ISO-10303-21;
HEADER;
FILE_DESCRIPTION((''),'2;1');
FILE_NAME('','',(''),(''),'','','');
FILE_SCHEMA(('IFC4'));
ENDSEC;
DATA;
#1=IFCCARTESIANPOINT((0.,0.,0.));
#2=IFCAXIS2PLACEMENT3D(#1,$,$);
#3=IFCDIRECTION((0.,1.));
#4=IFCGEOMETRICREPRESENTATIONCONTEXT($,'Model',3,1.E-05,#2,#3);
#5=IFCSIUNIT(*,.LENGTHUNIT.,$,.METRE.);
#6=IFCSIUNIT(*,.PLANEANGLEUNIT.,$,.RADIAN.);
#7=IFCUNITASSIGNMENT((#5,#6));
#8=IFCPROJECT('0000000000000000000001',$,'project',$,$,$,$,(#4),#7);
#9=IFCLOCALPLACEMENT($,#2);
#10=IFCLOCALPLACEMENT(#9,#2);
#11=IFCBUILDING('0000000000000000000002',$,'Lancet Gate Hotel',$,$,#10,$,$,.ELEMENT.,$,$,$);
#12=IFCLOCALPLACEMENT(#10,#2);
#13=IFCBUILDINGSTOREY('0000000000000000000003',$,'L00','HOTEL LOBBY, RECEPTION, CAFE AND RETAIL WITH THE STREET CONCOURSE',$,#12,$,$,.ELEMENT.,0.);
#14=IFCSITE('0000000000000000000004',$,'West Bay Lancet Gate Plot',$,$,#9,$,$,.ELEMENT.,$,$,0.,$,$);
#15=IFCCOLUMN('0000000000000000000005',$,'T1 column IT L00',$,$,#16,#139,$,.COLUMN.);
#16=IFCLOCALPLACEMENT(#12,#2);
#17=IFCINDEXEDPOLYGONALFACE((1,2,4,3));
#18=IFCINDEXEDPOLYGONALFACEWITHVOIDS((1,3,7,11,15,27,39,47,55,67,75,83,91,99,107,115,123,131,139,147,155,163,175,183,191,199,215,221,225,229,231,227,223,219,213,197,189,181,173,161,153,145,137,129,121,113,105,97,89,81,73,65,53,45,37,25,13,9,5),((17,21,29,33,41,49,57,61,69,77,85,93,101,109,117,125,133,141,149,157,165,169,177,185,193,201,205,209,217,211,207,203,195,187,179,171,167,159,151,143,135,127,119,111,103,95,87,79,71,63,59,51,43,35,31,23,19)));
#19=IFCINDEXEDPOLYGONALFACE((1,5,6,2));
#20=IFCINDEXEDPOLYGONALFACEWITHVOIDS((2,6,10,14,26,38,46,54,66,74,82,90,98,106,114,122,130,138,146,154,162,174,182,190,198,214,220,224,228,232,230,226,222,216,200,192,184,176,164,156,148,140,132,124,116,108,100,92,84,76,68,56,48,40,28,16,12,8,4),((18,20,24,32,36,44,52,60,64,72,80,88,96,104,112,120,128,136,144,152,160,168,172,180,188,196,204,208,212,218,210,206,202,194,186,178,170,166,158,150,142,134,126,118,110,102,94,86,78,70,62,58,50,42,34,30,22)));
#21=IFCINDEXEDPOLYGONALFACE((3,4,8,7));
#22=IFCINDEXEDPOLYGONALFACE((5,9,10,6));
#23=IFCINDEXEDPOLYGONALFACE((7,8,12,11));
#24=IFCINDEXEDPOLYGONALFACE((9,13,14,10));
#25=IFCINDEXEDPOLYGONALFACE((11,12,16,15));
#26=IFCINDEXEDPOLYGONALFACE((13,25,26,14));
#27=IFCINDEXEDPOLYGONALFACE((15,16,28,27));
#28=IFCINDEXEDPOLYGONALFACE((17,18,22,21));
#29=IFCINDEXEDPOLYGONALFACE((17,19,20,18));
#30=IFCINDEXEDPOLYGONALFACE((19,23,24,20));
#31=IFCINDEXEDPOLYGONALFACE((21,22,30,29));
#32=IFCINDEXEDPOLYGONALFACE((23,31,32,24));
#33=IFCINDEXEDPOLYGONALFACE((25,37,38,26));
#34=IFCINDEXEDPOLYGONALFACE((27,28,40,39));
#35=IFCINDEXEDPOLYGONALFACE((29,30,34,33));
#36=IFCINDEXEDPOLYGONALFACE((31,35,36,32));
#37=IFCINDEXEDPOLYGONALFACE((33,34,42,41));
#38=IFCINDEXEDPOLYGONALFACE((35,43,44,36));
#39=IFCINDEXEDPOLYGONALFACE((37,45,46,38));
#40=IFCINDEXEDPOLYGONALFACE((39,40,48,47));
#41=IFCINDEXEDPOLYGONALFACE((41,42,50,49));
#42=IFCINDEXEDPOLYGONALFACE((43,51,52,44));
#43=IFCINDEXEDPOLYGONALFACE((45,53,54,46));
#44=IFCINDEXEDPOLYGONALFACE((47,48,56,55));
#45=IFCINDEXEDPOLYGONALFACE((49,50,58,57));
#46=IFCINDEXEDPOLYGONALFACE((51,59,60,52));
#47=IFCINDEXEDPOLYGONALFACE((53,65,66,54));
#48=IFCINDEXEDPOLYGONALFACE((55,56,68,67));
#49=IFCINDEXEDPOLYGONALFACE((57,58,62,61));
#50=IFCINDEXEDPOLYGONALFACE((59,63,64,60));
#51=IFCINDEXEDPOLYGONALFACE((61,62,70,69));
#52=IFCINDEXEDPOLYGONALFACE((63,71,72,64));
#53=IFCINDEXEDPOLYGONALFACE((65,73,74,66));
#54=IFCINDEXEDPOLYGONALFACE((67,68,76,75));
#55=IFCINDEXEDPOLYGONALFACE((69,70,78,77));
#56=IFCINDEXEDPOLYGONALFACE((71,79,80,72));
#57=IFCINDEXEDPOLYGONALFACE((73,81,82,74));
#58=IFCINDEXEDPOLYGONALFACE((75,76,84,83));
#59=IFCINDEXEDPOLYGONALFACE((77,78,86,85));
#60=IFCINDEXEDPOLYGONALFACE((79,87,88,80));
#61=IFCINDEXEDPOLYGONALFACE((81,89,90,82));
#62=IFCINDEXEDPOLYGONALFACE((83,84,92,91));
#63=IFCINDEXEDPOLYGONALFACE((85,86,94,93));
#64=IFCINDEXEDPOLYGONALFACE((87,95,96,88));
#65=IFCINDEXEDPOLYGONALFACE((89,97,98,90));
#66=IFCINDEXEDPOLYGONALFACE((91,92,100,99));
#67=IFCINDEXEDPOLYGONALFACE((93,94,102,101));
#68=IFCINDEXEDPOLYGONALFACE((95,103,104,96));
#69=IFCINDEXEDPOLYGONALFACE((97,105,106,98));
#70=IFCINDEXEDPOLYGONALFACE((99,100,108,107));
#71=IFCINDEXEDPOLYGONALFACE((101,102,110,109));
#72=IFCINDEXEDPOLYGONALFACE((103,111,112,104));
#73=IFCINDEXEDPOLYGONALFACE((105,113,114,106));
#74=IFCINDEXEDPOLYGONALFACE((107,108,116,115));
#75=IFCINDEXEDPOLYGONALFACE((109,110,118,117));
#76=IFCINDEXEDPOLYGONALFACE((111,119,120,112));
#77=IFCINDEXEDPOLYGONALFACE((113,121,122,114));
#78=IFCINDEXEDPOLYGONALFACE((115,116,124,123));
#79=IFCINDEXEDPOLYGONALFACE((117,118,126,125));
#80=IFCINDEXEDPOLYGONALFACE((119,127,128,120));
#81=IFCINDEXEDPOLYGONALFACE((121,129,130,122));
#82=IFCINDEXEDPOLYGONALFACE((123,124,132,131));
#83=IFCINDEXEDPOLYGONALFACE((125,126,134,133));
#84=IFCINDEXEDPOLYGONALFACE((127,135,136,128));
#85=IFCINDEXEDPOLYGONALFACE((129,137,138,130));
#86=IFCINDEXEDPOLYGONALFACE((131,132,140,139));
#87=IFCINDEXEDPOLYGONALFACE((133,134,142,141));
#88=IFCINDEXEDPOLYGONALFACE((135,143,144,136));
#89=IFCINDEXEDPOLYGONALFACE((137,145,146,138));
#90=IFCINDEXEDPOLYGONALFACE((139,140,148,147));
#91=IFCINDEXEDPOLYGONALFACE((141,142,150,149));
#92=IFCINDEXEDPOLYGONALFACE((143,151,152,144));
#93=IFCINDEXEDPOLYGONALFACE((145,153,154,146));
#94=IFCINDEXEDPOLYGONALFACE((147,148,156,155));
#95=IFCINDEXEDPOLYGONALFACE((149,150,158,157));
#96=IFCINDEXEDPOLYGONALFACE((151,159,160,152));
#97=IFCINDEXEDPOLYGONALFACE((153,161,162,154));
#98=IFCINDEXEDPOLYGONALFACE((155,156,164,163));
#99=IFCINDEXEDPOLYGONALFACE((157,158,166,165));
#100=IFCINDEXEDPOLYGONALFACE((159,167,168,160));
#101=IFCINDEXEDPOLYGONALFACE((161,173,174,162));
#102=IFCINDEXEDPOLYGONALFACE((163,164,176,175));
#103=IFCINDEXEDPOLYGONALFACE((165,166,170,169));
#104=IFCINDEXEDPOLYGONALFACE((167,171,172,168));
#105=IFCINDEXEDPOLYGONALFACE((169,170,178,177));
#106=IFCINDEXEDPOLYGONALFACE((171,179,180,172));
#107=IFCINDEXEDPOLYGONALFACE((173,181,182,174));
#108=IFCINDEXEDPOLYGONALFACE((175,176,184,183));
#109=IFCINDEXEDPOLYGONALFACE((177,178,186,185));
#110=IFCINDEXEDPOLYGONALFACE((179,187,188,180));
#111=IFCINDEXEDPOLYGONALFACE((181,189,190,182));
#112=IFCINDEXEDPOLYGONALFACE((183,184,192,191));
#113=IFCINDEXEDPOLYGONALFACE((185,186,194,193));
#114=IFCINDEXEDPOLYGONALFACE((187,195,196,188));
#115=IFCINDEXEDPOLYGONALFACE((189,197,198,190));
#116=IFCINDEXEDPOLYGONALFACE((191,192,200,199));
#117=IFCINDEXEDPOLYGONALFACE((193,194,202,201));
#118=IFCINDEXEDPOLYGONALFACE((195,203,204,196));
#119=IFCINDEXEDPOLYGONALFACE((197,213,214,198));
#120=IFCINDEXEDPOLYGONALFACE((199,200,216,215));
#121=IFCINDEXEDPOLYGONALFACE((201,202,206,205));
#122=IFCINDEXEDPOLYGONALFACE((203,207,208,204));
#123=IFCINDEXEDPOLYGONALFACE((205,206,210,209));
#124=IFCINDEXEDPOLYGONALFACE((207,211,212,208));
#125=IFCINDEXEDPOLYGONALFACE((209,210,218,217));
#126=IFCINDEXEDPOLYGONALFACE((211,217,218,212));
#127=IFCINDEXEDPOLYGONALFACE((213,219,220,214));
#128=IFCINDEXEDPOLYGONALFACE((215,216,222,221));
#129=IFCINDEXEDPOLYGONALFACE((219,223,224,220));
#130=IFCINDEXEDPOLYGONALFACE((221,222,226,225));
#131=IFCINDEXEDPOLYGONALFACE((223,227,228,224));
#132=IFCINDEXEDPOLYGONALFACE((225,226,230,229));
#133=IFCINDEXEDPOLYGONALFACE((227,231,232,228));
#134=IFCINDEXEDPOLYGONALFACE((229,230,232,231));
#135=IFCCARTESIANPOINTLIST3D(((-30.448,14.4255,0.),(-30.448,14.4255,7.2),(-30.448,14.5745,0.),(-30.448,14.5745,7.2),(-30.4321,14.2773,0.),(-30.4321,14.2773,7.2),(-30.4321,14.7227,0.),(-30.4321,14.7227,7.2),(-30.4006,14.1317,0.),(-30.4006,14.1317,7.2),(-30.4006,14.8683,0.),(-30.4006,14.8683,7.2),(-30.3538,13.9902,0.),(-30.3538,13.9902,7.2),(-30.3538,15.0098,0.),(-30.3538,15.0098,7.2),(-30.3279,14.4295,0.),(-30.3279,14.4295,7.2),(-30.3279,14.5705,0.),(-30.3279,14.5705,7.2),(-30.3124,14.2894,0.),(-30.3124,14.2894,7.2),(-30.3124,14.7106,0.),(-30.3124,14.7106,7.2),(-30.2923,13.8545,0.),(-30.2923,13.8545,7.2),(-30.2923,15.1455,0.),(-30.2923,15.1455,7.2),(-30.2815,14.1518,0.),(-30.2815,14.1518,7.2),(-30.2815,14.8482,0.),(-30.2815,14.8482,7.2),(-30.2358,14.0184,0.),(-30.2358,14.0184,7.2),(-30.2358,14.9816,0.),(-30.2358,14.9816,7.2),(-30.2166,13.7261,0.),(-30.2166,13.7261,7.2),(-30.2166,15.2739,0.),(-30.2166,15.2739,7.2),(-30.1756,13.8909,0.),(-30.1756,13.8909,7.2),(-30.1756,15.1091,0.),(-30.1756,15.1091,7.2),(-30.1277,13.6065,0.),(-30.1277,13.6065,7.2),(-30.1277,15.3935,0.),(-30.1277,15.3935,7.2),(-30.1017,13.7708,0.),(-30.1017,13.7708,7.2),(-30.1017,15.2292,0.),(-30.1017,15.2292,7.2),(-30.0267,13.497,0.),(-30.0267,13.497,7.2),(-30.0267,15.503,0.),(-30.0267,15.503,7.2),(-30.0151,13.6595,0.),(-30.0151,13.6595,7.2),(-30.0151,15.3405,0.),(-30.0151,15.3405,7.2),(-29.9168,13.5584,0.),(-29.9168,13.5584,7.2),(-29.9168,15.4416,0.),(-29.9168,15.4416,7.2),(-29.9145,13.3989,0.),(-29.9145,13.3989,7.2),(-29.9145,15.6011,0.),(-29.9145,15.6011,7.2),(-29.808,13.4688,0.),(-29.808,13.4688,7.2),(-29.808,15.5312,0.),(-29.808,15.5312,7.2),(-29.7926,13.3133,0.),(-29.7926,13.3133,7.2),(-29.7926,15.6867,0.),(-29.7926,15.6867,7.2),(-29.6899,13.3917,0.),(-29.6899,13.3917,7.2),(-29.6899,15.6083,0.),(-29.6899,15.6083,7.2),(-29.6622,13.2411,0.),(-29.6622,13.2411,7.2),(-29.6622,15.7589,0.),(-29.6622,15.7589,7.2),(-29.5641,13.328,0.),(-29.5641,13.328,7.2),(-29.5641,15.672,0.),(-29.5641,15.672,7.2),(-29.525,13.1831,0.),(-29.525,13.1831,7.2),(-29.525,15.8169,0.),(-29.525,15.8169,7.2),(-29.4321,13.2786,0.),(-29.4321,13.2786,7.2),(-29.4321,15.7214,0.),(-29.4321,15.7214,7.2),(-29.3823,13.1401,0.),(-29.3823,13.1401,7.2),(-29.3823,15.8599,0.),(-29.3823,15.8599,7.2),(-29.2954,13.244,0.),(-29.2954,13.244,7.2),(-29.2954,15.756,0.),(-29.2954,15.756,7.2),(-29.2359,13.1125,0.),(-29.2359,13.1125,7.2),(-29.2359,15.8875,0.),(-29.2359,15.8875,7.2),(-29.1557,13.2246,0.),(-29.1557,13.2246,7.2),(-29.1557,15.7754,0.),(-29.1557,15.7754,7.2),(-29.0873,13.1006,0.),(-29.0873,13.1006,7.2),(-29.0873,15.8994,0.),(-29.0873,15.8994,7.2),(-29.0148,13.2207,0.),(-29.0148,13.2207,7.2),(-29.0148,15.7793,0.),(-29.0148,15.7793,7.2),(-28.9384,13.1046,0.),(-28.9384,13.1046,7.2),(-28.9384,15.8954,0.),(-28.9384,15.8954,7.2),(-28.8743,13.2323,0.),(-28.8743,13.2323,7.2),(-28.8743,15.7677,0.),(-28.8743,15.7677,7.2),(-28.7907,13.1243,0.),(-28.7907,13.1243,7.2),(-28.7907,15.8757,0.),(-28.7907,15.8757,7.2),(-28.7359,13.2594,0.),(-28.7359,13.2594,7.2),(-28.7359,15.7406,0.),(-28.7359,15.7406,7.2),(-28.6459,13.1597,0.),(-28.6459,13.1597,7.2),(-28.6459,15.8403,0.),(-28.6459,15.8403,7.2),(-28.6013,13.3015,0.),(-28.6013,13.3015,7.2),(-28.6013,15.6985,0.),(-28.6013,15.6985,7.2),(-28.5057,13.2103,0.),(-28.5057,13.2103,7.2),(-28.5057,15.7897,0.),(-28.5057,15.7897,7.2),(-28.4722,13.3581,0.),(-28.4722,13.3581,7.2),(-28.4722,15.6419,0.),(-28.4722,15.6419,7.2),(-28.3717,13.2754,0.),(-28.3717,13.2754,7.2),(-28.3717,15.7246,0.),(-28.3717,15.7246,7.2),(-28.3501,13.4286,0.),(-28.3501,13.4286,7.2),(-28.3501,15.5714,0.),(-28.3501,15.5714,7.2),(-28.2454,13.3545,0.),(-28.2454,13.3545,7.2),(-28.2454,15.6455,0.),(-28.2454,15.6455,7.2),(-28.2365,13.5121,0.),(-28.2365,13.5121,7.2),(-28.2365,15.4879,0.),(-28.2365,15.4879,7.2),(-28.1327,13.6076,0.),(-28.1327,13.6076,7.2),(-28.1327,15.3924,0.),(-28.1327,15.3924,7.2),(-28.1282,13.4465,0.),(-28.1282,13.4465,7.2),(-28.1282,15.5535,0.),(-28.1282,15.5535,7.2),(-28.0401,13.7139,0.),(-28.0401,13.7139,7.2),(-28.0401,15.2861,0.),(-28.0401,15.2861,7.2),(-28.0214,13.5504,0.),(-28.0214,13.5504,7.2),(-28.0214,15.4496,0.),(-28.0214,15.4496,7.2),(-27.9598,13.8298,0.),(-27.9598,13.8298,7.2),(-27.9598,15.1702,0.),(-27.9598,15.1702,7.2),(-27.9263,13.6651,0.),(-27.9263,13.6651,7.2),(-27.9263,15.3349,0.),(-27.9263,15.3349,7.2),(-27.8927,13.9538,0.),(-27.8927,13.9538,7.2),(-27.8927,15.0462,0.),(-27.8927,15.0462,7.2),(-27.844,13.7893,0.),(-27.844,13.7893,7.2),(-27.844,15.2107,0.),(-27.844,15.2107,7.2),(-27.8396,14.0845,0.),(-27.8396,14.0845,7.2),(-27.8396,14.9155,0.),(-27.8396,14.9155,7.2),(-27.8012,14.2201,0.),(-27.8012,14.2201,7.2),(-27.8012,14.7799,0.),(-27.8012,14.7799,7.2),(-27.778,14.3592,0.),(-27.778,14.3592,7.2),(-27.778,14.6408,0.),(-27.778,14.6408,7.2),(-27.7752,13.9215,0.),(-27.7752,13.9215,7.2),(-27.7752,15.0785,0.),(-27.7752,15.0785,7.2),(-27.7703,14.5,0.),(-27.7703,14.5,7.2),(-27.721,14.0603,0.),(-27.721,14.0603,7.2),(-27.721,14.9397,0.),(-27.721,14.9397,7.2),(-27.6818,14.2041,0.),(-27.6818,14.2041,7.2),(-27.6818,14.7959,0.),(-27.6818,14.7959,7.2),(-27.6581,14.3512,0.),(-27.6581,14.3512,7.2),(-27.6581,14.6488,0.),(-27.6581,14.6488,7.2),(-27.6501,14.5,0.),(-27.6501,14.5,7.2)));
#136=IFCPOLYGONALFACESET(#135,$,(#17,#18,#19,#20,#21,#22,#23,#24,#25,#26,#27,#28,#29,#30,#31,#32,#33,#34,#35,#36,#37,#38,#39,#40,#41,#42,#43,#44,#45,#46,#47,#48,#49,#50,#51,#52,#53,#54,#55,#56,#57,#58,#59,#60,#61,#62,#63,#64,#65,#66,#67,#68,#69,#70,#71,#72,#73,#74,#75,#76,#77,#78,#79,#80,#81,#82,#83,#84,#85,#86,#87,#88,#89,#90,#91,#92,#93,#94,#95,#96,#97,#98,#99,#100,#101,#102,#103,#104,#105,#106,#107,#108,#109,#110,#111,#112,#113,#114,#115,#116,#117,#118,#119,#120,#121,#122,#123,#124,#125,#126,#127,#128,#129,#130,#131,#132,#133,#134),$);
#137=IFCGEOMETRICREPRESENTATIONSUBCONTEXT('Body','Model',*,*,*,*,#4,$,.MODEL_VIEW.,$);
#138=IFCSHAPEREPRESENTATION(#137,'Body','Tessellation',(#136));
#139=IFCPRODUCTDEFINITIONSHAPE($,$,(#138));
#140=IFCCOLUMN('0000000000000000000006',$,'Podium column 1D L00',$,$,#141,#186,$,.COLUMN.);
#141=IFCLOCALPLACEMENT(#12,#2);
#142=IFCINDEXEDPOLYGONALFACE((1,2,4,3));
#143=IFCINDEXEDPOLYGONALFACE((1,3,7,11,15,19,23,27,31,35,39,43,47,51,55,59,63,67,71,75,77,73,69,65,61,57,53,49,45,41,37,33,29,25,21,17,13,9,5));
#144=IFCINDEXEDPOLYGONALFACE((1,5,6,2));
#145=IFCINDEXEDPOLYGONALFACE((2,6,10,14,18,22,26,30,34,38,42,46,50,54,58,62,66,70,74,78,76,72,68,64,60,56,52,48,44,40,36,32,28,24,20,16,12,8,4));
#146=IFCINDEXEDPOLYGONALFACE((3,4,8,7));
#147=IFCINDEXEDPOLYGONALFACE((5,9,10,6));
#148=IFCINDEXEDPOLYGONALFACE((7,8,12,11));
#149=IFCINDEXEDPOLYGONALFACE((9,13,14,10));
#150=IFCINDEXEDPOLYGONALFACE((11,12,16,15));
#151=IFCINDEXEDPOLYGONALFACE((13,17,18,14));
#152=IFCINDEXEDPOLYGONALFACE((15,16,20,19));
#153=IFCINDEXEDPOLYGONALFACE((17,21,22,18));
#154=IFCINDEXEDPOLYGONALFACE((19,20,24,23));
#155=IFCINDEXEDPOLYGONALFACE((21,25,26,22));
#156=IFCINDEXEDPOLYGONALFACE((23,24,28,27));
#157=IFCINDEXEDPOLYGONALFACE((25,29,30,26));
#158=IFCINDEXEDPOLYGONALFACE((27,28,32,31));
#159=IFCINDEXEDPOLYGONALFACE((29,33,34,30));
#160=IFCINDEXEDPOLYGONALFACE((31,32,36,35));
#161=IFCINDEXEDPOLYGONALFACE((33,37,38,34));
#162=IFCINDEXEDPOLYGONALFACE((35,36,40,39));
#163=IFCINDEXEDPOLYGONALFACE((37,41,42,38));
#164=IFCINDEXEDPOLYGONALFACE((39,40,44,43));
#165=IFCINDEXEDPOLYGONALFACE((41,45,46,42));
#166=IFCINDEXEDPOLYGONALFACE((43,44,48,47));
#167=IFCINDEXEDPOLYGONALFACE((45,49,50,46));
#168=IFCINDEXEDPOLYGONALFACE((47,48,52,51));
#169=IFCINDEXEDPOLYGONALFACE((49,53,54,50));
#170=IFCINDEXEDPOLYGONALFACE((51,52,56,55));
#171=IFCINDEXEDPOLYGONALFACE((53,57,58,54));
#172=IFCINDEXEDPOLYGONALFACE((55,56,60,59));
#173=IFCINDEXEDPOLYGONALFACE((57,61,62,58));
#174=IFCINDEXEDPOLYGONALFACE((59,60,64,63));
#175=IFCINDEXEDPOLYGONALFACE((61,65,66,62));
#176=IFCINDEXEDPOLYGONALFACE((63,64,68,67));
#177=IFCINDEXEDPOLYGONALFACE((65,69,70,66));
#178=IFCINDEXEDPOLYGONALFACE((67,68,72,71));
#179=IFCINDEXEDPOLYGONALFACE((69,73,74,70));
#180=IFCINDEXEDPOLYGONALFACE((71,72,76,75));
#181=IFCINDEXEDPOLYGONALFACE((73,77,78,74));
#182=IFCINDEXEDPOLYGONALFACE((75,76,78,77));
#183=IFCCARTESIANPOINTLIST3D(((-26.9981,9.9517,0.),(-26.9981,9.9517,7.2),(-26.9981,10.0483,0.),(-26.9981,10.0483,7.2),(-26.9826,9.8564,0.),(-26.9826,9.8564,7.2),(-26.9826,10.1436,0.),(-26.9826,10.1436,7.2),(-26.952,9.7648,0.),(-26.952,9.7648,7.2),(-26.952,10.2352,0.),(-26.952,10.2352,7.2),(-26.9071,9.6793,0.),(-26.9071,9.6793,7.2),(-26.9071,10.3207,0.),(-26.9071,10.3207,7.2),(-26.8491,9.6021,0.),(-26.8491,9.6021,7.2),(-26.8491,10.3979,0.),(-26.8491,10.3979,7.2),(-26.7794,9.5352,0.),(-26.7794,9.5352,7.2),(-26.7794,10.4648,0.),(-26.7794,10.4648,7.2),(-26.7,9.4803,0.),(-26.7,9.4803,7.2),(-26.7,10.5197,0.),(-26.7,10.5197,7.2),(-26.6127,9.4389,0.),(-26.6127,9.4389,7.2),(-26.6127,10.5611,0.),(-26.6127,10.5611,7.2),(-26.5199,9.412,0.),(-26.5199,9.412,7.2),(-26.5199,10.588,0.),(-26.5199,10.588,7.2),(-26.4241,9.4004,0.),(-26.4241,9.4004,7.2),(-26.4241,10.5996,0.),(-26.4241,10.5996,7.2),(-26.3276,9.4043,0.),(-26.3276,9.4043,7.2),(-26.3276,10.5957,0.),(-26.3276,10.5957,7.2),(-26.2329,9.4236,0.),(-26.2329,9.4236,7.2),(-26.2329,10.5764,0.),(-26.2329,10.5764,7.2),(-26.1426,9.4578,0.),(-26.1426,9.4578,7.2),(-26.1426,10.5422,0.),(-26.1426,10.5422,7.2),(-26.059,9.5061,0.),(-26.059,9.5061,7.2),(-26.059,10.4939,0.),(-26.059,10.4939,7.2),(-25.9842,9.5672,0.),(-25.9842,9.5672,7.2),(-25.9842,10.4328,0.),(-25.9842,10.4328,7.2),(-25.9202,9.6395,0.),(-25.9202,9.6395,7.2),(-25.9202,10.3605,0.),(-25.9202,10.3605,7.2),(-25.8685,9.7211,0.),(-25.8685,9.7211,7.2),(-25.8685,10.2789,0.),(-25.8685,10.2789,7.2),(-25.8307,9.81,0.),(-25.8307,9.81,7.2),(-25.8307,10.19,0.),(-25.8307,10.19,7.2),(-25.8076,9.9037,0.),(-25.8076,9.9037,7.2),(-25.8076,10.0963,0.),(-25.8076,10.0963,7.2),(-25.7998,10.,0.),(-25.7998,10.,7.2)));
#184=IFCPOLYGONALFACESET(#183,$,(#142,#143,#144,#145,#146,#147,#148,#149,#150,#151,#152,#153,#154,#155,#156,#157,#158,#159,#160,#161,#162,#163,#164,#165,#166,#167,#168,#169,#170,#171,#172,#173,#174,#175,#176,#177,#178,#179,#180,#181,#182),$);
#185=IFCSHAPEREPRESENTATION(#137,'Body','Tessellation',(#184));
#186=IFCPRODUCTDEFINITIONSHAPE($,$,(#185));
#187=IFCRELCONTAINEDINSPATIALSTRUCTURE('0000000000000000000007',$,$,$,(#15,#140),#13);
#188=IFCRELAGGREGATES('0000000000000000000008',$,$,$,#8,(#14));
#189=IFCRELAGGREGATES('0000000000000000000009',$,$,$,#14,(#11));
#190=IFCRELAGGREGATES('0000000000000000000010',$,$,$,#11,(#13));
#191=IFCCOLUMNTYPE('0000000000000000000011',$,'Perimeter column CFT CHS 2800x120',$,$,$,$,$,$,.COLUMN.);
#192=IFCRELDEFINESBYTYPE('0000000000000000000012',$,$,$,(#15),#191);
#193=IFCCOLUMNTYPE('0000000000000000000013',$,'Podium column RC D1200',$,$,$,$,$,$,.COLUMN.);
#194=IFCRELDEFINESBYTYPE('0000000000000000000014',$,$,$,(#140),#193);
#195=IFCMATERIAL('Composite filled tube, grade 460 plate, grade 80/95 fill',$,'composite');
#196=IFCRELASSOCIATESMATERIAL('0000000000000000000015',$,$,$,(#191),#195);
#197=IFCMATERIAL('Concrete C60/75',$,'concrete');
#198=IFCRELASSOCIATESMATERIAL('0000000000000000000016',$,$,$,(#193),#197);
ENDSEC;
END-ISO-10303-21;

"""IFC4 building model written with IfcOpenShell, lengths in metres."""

from ifc_helpers import new_model, si_unit, direction, frame, origin, origin_2d, place, context, subcontext, project, spatial, circle, hollow_circle, extrude, material, material_profile, profile_set, type_object, element, save


model = new_model("IFC4")

# Units and contexts
model_context = context("Model", 3, precision=1e-05, world=origin(), true_north=direction((0.0, 1.0)))
body_context = subcontext(model_context, "Body", "Model", "MODEL_VIEW")
ifc_project = project(units=[si_unit("LENGTHUNIT", "METRE"), si_unit("PLANEANGLEUNIT", "RADIAN")], contexts=[model_context])

# Site, building, storey
site_placement = place(None, origin())
site = spatial("IfcSite", under=ifc_project, at=site_placement, Name="West Bay Lancet Gate Plot", CompositionType="ELEMENT", RefElevation=0.0)
building_placement = place(site_placement, origin())
building = spatial("IfcBuilding", under=site, at=building_placement, Name="Lancet Gate Hotel", CompositionType="ELEMENT")
storey_placement = place(building_placement, origin())
storey = spatial("IfcBuildingStorey", under=building, at=storey_placement, Name="L00", Description="HOTEL LOBBY, RECEPTION, CAFE AND RETAIL WITH THE STREET CONCOURSE", CompositionType="ELEMENT", Elevation=0.0)

# Columns
ifc_material_1 = material(Name="Composite filled tube, grade 460 plate, grade 80/95 fill", Category="composite")
ifc_material_profile_1 = material_profile(ifc_material_1, hollow_circle(Radius=1.3999, WallThickness=0.1201, at=origin_2d()), Name="CHS 2800x120")
ifc_profile_set_1 = profile_set([ifc_material_profile_1], Name="Composite filled tube, grade 460 plate, grade 80/95 fill")
column_type_1 = type_object("IfcColumnType", Name="Perimeter column CFT CHS 2800x120", PredefinedType="COLUMN", material=ifc_profile_set_1)
for number, where, z_axis, x_axis, name in (
    (1, (-29.05, 14.5, 0.0), (0.0, 0.0, 1.0), (1.0, 0.0, 0.0), "T1 column IT L00"),
):
    element("IfcColumn", number, at=place(storey_placement, frame(where, z_axis=z_axis, x_axis=x_axis)), inside=storey, type_object=column_type_1, Name=name, PredefinedType="COLUMN", context=body_context, shape_type="SweptSolid", body=[
        extrude(hollow_circle(Radius=1.3999, WallThickness=0.1201, at=origin_2d()), origin(), (0.0, 0.0, 1.0), 7.2),
    ])
ifc_material_2 = material(Name="Concrete C60/75", Category="concrete")
ifc_material_profile_2 = material_profile(ifc_material_2, circle(Radius=0.6001, at=origin_2d()), Name="RC D1200")
ifc_profile_set_2 = profile_set([ifc_material_profile_2], Name="Concrete C60/75")
column_type_2 = type_object("IfcColumnType", Name="Podium column RC D1200", PredefinedType="COLUMN", material=ifc_profile_set_2)
for number, where, z_axis, x_axis, name in (
    (2, (-26.3999, 10.0, 0.0), (0.0, 0.0, 1.0), (1.0, 0.0, 0.0), "Podium column 1D L00"),
):
    element("IfcColumn", number, at=place(storey_placement, frame(where, z_axis=z_axis, x_axis=x_axis)), inside=storey, type_object=column_type_2, Name=name, PredefinedType="COLUMN", context=body_context, shape_type="SweptSolid", body=[
        extrude(circle(Radius=0.6001, at=origin_2d()), origin(), (0.0, 0.0, 1.0), 7.2),
    ])

save(model, "model.ifc")
